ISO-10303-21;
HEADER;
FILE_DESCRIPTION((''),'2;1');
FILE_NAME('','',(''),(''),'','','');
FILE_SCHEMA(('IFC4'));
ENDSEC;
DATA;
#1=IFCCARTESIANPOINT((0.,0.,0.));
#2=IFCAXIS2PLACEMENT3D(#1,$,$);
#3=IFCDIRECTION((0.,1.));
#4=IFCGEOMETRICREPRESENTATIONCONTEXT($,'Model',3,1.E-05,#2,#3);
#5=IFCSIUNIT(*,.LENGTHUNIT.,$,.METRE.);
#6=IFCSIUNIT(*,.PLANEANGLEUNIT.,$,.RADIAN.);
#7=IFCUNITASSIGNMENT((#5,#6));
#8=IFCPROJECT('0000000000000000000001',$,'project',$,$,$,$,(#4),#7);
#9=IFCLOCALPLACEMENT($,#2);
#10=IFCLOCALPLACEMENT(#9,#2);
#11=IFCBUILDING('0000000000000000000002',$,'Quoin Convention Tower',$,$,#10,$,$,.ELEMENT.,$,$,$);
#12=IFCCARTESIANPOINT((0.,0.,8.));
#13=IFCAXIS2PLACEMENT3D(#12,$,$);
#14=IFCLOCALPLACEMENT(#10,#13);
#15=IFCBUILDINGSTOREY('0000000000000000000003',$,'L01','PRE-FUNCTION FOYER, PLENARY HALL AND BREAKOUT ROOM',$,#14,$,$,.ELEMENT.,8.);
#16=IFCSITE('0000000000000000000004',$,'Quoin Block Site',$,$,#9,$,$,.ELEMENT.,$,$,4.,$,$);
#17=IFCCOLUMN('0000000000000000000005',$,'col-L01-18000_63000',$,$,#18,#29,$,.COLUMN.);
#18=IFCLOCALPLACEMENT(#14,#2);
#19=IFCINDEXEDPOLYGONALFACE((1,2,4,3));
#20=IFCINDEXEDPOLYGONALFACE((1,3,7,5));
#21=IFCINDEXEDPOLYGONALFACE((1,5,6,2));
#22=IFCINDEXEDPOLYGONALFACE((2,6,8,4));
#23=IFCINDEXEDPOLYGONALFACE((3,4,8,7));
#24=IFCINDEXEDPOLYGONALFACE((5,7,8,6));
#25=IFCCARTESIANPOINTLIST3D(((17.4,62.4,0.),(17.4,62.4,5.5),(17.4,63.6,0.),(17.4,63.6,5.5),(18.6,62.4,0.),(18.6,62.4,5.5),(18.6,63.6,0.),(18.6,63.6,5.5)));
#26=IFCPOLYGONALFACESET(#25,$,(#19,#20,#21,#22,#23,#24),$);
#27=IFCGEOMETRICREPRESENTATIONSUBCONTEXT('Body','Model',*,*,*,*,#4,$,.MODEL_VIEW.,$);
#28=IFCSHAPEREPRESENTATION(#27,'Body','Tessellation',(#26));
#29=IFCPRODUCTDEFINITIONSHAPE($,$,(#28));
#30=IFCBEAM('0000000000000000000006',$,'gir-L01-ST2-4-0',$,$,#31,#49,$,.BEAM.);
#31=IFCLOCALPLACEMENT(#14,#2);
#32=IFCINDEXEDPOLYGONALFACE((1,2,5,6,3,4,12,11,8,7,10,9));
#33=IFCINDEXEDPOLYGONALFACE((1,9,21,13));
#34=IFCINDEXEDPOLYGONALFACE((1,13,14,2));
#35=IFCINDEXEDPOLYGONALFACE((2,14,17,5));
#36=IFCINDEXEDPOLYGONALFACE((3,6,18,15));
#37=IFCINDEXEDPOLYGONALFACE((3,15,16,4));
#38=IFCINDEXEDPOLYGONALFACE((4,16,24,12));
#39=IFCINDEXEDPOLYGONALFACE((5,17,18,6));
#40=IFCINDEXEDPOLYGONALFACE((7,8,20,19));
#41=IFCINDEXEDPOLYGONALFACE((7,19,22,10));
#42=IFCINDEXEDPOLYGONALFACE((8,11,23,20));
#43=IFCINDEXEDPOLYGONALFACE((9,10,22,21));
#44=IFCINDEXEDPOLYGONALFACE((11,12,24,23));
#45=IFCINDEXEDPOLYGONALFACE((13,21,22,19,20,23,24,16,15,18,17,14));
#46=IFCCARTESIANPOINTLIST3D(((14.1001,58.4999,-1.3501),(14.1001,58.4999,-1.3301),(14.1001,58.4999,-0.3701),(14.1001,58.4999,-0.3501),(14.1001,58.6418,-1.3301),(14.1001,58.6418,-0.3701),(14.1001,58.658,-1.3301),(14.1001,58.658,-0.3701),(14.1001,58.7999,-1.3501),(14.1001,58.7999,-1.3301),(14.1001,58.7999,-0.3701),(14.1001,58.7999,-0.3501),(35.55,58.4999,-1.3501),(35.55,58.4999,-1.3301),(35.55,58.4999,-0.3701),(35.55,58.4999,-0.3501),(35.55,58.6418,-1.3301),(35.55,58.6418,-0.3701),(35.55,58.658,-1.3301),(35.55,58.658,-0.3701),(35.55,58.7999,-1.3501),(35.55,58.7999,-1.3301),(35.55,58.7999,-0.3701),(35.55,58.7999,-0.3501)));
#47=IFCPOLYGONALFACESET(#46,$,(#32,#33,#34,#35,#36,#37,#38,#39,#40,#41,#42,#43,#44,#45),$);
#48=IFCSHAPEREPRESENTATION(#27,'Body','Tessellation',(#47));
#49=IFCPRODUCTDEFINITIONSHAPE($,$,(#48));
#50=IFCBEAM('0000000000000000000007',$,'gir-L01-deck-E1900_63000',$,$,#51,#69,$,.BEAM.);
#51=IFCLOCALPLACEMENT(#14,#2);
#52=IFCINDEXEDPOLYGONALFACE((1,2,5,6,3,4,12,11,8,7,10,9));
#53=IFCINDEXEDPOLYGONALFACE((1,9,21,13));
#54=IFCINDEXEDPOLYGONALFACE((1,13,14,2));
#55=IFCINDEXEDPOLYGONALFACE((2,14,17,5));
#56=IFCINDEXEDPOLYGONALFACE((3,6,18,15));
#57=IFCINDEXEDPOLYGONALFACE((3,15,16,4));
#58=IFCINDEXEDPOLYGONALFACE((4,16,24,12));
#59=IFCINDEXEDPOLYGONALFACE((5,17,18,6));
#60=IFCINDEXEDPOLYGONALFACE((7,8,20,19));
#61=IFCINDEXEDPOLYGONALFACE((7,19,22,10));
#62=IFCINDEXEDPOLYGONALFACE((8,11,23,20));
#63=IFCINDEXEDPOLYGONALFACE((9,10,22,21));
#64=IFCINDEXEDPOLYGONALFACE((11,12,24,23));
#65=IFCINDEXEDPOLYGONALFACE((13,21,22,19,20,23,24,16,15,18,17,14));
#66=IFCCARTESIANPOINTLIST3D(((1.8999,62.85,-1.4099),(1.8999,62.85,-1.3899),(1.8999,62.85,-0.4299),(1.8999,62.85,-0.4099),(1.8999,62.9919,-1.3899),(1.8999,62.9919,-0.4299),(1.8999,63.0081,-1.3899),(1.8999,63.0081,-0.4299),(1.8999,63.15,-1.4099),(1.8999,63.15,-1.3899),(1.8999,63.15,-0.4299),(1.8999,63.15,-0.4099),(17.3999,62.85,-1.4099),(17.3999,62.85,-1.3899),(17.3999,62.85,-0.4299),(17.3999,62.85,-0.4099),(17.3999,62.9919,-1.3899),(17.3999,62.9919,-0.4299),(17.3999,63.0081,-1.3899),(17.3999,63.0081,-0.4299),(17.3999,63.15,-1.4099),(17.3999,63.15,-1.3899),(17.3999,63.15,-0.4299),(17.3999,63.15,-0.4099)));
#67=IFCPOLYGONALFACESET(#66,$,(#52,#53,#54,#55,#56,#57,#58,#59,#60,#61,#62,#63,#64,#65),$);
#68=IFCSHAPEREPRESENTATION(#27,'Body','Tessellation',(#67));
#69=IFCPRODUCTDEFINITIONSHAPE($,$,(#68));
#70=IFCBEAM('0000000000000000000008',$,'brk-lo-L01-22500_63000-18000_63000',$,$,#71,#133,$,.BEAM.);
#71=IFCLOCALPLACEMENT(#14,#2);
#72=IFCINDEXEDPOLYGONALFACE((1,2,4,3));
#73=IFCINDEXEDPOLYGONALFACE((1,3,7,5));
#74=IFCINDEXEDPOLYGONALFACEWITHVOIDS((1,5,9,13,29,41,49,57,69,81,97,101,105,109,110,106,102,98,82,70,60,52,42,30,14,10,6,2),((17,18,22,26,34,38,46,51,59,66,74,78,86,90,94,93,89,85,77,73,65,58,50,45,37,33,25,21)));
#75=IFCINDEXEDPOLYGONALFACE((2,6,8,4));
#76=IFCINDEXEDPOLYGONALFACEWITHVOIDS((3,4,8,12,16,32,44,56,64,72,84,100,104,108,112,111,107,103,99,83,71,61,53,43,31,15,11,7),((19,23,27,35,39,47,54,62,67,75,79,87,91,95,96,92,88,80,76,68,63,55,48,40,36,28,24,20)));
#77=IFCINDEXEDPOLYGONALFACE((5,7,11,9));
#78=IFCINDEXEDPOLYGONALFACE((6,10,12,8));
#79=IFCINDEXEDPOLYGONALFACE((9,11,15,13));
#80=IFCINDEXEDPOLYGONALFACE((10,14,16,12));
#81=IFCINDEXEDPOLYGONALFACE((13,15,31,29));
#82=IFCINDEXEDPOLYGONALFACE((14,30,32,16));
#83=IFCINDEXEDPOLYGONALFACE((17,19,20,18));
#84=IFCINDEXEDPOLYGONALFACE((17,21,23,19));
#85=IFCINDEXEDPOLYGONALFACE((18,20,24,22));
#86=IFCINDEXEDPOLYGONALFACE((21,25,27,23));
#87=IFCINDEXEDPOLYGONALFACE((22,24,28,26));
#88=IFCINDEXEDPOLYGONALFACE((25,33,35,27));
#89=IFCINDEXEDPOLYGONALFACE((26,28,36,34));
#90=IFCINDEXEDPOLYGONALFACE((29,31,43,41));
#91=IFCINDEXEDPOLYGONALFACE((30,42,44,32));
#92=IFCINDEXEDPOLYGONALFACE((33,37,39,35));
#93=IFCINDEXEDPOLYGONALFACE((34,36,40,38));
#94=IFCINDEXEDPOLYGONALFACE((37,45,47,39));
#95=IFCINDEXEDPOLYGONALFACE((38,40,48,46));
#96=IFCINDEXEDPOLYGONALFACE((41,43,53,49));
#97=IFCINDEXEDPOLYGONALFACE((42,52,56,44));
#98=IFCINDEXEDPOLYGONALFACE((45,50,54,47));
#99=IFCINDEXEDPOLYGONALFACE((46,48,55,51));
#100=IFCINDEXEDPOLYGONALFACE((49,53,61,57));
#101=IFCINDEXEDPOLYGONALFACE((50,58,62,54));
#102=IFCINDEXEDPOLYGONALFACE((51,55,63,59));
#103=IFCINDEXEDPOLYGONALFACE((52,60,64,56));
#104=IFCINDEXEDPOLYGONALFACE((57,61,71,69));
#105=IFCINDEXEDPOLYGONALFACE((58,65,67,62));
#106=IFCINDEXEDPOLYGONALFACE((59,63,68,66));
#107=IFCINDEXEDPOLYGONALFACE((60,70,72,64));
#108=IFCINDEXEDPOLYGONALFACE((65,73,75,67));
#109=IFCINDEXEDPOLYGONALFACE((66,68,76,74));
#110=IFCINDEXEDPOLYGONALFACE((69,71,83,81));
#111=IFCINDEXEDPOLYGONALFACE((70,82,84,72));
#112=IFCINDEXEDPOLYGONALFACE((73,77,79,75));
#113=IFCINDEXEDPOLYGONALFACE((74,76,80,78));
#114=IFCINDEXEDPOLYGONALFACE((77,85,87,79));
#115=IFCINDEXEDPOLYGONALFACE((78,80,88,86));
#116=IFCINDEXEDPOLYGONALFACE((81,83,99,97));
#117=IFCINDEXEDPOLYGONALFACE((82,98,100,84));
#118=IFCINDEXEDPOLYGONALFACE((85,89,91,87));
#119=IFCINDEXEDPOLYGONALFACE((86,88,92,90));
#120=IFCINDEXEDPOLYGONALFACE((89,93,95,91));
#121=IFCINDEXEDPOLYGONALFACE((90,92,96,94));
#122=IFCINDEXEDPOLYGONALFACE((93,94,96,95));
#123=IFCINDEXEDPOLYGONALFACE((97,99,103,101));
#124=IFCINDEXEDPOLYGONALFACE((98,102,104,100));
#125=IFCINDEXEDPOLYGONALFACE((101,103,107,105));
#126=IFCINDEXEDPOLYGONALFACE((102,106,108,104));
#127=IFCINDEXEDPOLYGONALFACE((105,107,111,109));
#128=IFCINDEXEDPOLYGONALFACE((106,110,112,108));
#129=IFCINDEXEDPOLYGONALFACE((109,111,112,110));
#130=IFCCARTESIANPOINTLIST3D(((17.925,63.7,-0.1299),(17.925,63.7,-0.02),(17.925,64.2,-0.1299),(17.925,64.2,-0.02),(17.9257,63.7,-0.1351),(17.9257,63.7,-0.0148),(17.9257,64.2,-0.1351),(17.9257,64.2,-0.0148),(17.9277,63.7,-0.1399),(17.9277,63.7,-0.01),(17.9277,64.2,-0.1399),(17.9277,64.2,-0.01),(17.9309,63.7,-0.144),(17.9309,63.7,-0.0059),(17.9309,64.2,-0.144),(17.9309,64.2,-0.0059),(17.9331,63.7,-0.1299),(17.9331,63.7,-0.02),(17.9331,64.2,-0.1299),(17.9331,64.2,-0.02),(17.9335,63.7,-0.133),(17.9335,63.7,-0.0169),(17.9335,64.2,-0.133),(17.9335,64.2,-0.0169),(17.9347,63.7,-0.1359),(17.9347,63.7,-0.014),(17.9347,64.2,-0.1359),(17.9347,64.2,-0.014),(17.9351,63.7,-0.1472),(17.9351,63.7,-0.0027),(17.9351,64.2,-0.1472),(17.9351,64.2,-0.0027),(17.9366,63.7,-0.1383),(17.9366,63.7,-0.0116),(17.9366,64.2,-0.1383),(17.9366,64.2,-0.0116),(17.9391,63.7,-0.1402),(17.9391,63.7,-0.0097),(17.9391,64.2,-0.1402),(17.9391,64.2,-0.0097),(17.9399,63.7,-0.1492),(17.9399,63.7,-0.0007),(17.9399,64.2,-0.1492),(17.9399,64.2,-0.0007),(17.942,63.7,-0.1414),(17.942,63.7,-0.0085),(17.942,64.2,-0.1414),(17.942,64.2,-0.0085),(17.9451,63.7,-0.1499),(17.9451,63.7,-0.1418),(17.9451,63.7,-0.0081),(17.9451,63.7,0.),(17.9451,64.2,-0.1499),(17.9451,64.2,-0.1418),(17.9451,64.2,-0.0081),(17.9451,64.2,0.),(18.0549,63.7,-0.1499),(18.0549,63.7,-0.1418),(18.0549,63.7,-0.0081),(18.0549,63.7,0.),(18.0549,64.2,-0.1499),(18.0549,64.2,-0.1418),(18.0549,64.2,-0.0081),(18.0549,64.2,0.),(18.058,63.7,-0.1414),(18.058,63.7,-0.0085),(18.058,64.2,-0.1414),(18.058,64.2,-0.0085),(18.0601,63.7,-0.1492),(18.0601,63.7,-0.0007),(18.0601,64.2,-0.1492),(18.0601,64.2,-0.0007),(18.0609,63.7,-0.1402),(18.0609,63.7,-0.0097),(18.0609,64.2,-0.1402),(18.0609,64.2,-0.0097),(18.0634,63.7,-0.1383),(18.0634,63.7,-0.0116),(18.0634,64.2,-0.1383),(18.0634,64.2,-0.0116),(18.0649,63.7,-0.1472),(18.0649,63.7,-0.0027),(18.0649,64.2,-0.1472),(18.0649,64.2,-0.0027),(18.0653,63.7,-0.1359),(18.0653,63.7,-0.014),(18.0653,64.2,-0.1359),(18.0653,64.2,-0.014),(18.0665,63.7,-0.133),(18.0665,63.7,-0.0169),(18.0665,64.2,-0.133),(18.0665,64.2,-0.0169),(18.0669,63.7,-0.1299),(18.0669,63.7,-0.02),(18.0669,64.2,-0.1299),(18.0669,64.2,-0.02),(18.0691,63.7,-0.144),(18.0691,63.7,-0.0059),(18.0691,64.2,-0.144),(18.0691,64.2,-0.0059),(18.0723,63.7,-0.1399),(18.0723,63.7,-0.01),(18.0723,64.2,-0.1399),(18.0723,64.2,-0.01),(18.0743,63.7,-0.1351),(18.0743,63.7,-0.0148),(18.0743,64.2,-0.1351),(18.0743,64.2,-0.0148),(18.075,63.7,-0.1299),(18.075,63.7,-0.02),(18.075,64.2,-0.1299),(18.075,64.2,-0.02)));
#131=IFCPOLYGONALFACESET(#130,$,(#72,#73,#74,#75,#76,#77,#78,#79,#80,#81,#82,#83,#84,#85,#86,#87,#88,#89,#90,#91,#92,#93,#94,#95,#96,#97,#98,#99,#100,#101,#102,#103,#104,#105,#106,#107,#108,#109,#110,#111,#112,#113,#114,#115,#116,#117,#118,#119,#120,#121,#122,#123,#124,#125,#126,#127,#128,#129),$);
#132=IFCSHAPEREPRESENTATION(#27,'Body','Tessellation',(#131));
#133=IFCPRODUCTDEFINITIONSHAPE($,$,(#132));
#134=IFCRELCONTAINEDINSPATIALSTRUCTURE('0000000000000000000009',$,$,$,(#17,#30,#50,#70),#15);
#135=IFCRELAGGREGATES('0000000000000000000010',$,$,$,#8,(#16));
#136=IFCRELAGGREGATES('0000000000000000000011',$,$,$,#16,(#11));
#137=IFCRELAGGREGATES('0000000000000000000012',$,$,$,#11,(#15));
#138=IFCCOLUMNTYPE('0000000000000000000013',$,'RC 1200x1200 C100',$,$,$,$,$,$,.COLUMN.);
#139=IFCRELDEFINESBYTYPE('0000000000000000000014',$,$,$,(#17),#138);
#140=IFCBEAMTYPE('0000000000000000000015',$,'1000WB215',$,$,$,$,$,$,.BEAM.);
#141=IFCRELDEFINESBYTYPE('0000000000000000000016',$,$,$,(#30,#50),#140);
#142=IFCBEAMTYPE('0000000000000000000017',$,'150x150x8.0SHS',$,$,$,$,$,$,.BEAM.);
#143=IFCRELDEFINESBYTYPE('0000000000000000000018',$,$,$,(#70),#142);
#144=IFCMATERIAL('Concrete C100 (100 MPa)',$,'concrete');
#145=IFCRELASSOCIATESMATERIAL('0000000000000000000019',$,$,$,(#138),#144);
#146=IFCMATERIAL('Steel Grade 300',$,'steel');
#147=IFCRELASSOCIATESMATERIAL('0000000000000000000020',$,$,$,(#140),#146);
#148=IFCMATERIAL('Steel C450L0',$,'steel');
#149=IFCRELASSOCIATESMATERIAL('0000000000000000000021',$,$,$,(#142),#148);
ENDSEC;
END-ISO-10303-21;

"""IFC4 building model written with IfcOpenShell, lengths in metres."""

from ifc_helpers import new_model, si_unit, direction, frame, origin, origin_2d, place, context, subcontext, project, spatial, rectangle, hollow_rectangle, i_section, extrude, material, material_profile, profile_set, type_object, element, save


model = new_model("IFC4")

# Units and contexts
model_context = context("Model", 3, precision=1e-05, world=origin(), true_north=direction((0.0, 1.0)))
body_context = subcontext(model_context, "Body", "Model", "MODEL_VIEW")
ifc_project = project(units=[si_unit("LENGTHUNIT", "METRE"), si_unit("PLANEANGLEUNIT", "RADIAN")], contexts=[model_context])

# Site, building, storey
site_placement = place(None, origin())
site = spatial("IfcSite", under=ifc_project, at=site_placement, Name="Quoin Block Site", CompositionType="ELEMENT", RefElevation=4.0)
building_placement = place(site_placement, origin())
building = spatial("IfcBuilding", under=site, at=building_placement, Name="Quoin Convention Tower", CompositionType="ELEMENT")
storey_placement = place(building_placement, frame((0.0, 0.0, 8.0)))
storey = spatial("IfcBuildingStorey", under=building, at=storey_placement, Name="L01", Description="PRE-FUNCTION FOYER, PLENARY HALL AND BREAKOUT ROOM", CompositionType="ELEMENT", Elevation=8.0)

# Column
ifc_material_1 = material(Name="Concrete C100 (100 MPa)", Category="concrete")
ifc_material_profile_1 = material_profile(ifc_material_1, rectangle(XDim=1.2, YDim=1.2, at=origin_2d()), Name="RC 1200x1200")
ifc_profile_set_1 = profile_set([ifc_material_profile_1], Name="Concrete C100 (100 MPa)")
column_type = type_object("IfcColumnType", Name="RC 1200x1200 C100", PredefinedType="COLUMN", material=ifc_profile_set_1)
column_placement = place(storey_placement, frame((18.0, 63.0, 0.0), z_axis=(0.0, 0.0, 1.0), x_axis=(1.0, 0.0, 0.0)))
element("IfcColumn", 1, at=column_placement, inside=storey, type_object=column_type, Name="col-L01-18000_63000", PredefinedType="COLUMN", context=body_context, shape_type="SweptSolid", body=[
    extrude(rectangle(XDim=1.2, YDim=1.2, at=origin_2d()), origin(), (0.0, 0.0, 1.0), 5.5),
])

# Beams
ifc_material_2 = material(Name="Steel Grade 300", Category="steel")
ifc_material_profile_2 = material_profile(ifc_material_2, i_section(OverallWidth=0.3, OverallDepth=1.0, WebThickness=0.0161, FlangeThickness=0.02, at=origin_2d()), Name="1000WB215")
ifc_profile_set_2 = profile_set([ifc_material_profile_2], Name="Steel Grade 300")
beam_type_1 = type_object("IfcBeamType", Name="1000WB215", PredefinedType="BEAM", material=ifc_profile_set_2)
beam_1_placement = place(storey_placement, frame((14.1001, 58.6499, -0.8501), z_axis=(1.0, 0.0, 0.0), x_axis=(0.0, 1.0, 0.0)))
element("IfcBeam", 2, at=beam_1_placement, inside=storey, type_object=beam_type_1, Name="gir-L01-ST2-4-0", PredefinedType="BEAM", context=body_context, shape_type="SweptSolid", body=[
    extrude(i_section(OverallWidth=0.3, OverallDepth=1.0, WebThickness=0.0161, FlangeThickness=0.02, at=origin_2d()), origin(), (0.0, 0.0, 1.0), 21.45),
])
beam_2_placement = place(storey_placement, frame((1.8999, 63.0, -0.9099), z_axis=(1.0, 0.0, 0.0), x_axis=(0.0, 1.0, 0.0)))
element("IfcBeam", 3, at=beam_2_placement, inside=storey, type_object=beam_type_1, Name="gir-L01-deck-E1900_63000", PredefinedType="BEAM", context=body_context, shape_type="SweptSolid", body=[
    extrude(i_section(OverallWidth=0.3, OverallDepth=1.0, WebThickness=0.0161, FlangeThickness=0.02, at=origin_2d()), origin(), (0.0, 0.0, 1.0), 15.5),
])
ifc_material_3 = material(Name="Steel C450L0", Category="steel")
ifc_material_profile_3 = material_profile(ifc_material_3, hollow_rectangle(XDim=0.1499, YDim=0.1499, WallThickness=0.0081, InnerFilletRadius=0.012, OuterFilletRadius=0.02, at=origin_2d()), Name="150x150x8.0SHS")
ifc_profile_set_3 = profile_set([ifc_material_profile_3], Name="Steel C450L0")
beam_type_2 = type_object("IfcBeamType", Name="150x150x8.0SHS", PredefinedType="BEAM", material=ifc_profile_set_3)
beam_3_placement = place(storey_placement, frame((18.0, 63.7, -0.075), z_axis=(0.0, 1.0, 0.0), x_axis=(-1.0, 0.0, 0.0)))
element("IfcBeam", 4, at=beam_3_placement, inside=storey, type_object=beam_type_2, Name="brk-lo-L01-22500_63000-18000_63000", PredefinedType="BEAM", context=body_context, shape_type="SweptSolid", body=[
    extrude(hollow_rectangle(XDim=0.1499, YDim=0.1499, WallThickness=0.0081, InnerFilletRadius=0.012, OuterFilletRadius=0.02, at=origin_2d()), origin(), (0.0, 0.0, 1.0), 0.5),
])

save(model, "model.ifc")
